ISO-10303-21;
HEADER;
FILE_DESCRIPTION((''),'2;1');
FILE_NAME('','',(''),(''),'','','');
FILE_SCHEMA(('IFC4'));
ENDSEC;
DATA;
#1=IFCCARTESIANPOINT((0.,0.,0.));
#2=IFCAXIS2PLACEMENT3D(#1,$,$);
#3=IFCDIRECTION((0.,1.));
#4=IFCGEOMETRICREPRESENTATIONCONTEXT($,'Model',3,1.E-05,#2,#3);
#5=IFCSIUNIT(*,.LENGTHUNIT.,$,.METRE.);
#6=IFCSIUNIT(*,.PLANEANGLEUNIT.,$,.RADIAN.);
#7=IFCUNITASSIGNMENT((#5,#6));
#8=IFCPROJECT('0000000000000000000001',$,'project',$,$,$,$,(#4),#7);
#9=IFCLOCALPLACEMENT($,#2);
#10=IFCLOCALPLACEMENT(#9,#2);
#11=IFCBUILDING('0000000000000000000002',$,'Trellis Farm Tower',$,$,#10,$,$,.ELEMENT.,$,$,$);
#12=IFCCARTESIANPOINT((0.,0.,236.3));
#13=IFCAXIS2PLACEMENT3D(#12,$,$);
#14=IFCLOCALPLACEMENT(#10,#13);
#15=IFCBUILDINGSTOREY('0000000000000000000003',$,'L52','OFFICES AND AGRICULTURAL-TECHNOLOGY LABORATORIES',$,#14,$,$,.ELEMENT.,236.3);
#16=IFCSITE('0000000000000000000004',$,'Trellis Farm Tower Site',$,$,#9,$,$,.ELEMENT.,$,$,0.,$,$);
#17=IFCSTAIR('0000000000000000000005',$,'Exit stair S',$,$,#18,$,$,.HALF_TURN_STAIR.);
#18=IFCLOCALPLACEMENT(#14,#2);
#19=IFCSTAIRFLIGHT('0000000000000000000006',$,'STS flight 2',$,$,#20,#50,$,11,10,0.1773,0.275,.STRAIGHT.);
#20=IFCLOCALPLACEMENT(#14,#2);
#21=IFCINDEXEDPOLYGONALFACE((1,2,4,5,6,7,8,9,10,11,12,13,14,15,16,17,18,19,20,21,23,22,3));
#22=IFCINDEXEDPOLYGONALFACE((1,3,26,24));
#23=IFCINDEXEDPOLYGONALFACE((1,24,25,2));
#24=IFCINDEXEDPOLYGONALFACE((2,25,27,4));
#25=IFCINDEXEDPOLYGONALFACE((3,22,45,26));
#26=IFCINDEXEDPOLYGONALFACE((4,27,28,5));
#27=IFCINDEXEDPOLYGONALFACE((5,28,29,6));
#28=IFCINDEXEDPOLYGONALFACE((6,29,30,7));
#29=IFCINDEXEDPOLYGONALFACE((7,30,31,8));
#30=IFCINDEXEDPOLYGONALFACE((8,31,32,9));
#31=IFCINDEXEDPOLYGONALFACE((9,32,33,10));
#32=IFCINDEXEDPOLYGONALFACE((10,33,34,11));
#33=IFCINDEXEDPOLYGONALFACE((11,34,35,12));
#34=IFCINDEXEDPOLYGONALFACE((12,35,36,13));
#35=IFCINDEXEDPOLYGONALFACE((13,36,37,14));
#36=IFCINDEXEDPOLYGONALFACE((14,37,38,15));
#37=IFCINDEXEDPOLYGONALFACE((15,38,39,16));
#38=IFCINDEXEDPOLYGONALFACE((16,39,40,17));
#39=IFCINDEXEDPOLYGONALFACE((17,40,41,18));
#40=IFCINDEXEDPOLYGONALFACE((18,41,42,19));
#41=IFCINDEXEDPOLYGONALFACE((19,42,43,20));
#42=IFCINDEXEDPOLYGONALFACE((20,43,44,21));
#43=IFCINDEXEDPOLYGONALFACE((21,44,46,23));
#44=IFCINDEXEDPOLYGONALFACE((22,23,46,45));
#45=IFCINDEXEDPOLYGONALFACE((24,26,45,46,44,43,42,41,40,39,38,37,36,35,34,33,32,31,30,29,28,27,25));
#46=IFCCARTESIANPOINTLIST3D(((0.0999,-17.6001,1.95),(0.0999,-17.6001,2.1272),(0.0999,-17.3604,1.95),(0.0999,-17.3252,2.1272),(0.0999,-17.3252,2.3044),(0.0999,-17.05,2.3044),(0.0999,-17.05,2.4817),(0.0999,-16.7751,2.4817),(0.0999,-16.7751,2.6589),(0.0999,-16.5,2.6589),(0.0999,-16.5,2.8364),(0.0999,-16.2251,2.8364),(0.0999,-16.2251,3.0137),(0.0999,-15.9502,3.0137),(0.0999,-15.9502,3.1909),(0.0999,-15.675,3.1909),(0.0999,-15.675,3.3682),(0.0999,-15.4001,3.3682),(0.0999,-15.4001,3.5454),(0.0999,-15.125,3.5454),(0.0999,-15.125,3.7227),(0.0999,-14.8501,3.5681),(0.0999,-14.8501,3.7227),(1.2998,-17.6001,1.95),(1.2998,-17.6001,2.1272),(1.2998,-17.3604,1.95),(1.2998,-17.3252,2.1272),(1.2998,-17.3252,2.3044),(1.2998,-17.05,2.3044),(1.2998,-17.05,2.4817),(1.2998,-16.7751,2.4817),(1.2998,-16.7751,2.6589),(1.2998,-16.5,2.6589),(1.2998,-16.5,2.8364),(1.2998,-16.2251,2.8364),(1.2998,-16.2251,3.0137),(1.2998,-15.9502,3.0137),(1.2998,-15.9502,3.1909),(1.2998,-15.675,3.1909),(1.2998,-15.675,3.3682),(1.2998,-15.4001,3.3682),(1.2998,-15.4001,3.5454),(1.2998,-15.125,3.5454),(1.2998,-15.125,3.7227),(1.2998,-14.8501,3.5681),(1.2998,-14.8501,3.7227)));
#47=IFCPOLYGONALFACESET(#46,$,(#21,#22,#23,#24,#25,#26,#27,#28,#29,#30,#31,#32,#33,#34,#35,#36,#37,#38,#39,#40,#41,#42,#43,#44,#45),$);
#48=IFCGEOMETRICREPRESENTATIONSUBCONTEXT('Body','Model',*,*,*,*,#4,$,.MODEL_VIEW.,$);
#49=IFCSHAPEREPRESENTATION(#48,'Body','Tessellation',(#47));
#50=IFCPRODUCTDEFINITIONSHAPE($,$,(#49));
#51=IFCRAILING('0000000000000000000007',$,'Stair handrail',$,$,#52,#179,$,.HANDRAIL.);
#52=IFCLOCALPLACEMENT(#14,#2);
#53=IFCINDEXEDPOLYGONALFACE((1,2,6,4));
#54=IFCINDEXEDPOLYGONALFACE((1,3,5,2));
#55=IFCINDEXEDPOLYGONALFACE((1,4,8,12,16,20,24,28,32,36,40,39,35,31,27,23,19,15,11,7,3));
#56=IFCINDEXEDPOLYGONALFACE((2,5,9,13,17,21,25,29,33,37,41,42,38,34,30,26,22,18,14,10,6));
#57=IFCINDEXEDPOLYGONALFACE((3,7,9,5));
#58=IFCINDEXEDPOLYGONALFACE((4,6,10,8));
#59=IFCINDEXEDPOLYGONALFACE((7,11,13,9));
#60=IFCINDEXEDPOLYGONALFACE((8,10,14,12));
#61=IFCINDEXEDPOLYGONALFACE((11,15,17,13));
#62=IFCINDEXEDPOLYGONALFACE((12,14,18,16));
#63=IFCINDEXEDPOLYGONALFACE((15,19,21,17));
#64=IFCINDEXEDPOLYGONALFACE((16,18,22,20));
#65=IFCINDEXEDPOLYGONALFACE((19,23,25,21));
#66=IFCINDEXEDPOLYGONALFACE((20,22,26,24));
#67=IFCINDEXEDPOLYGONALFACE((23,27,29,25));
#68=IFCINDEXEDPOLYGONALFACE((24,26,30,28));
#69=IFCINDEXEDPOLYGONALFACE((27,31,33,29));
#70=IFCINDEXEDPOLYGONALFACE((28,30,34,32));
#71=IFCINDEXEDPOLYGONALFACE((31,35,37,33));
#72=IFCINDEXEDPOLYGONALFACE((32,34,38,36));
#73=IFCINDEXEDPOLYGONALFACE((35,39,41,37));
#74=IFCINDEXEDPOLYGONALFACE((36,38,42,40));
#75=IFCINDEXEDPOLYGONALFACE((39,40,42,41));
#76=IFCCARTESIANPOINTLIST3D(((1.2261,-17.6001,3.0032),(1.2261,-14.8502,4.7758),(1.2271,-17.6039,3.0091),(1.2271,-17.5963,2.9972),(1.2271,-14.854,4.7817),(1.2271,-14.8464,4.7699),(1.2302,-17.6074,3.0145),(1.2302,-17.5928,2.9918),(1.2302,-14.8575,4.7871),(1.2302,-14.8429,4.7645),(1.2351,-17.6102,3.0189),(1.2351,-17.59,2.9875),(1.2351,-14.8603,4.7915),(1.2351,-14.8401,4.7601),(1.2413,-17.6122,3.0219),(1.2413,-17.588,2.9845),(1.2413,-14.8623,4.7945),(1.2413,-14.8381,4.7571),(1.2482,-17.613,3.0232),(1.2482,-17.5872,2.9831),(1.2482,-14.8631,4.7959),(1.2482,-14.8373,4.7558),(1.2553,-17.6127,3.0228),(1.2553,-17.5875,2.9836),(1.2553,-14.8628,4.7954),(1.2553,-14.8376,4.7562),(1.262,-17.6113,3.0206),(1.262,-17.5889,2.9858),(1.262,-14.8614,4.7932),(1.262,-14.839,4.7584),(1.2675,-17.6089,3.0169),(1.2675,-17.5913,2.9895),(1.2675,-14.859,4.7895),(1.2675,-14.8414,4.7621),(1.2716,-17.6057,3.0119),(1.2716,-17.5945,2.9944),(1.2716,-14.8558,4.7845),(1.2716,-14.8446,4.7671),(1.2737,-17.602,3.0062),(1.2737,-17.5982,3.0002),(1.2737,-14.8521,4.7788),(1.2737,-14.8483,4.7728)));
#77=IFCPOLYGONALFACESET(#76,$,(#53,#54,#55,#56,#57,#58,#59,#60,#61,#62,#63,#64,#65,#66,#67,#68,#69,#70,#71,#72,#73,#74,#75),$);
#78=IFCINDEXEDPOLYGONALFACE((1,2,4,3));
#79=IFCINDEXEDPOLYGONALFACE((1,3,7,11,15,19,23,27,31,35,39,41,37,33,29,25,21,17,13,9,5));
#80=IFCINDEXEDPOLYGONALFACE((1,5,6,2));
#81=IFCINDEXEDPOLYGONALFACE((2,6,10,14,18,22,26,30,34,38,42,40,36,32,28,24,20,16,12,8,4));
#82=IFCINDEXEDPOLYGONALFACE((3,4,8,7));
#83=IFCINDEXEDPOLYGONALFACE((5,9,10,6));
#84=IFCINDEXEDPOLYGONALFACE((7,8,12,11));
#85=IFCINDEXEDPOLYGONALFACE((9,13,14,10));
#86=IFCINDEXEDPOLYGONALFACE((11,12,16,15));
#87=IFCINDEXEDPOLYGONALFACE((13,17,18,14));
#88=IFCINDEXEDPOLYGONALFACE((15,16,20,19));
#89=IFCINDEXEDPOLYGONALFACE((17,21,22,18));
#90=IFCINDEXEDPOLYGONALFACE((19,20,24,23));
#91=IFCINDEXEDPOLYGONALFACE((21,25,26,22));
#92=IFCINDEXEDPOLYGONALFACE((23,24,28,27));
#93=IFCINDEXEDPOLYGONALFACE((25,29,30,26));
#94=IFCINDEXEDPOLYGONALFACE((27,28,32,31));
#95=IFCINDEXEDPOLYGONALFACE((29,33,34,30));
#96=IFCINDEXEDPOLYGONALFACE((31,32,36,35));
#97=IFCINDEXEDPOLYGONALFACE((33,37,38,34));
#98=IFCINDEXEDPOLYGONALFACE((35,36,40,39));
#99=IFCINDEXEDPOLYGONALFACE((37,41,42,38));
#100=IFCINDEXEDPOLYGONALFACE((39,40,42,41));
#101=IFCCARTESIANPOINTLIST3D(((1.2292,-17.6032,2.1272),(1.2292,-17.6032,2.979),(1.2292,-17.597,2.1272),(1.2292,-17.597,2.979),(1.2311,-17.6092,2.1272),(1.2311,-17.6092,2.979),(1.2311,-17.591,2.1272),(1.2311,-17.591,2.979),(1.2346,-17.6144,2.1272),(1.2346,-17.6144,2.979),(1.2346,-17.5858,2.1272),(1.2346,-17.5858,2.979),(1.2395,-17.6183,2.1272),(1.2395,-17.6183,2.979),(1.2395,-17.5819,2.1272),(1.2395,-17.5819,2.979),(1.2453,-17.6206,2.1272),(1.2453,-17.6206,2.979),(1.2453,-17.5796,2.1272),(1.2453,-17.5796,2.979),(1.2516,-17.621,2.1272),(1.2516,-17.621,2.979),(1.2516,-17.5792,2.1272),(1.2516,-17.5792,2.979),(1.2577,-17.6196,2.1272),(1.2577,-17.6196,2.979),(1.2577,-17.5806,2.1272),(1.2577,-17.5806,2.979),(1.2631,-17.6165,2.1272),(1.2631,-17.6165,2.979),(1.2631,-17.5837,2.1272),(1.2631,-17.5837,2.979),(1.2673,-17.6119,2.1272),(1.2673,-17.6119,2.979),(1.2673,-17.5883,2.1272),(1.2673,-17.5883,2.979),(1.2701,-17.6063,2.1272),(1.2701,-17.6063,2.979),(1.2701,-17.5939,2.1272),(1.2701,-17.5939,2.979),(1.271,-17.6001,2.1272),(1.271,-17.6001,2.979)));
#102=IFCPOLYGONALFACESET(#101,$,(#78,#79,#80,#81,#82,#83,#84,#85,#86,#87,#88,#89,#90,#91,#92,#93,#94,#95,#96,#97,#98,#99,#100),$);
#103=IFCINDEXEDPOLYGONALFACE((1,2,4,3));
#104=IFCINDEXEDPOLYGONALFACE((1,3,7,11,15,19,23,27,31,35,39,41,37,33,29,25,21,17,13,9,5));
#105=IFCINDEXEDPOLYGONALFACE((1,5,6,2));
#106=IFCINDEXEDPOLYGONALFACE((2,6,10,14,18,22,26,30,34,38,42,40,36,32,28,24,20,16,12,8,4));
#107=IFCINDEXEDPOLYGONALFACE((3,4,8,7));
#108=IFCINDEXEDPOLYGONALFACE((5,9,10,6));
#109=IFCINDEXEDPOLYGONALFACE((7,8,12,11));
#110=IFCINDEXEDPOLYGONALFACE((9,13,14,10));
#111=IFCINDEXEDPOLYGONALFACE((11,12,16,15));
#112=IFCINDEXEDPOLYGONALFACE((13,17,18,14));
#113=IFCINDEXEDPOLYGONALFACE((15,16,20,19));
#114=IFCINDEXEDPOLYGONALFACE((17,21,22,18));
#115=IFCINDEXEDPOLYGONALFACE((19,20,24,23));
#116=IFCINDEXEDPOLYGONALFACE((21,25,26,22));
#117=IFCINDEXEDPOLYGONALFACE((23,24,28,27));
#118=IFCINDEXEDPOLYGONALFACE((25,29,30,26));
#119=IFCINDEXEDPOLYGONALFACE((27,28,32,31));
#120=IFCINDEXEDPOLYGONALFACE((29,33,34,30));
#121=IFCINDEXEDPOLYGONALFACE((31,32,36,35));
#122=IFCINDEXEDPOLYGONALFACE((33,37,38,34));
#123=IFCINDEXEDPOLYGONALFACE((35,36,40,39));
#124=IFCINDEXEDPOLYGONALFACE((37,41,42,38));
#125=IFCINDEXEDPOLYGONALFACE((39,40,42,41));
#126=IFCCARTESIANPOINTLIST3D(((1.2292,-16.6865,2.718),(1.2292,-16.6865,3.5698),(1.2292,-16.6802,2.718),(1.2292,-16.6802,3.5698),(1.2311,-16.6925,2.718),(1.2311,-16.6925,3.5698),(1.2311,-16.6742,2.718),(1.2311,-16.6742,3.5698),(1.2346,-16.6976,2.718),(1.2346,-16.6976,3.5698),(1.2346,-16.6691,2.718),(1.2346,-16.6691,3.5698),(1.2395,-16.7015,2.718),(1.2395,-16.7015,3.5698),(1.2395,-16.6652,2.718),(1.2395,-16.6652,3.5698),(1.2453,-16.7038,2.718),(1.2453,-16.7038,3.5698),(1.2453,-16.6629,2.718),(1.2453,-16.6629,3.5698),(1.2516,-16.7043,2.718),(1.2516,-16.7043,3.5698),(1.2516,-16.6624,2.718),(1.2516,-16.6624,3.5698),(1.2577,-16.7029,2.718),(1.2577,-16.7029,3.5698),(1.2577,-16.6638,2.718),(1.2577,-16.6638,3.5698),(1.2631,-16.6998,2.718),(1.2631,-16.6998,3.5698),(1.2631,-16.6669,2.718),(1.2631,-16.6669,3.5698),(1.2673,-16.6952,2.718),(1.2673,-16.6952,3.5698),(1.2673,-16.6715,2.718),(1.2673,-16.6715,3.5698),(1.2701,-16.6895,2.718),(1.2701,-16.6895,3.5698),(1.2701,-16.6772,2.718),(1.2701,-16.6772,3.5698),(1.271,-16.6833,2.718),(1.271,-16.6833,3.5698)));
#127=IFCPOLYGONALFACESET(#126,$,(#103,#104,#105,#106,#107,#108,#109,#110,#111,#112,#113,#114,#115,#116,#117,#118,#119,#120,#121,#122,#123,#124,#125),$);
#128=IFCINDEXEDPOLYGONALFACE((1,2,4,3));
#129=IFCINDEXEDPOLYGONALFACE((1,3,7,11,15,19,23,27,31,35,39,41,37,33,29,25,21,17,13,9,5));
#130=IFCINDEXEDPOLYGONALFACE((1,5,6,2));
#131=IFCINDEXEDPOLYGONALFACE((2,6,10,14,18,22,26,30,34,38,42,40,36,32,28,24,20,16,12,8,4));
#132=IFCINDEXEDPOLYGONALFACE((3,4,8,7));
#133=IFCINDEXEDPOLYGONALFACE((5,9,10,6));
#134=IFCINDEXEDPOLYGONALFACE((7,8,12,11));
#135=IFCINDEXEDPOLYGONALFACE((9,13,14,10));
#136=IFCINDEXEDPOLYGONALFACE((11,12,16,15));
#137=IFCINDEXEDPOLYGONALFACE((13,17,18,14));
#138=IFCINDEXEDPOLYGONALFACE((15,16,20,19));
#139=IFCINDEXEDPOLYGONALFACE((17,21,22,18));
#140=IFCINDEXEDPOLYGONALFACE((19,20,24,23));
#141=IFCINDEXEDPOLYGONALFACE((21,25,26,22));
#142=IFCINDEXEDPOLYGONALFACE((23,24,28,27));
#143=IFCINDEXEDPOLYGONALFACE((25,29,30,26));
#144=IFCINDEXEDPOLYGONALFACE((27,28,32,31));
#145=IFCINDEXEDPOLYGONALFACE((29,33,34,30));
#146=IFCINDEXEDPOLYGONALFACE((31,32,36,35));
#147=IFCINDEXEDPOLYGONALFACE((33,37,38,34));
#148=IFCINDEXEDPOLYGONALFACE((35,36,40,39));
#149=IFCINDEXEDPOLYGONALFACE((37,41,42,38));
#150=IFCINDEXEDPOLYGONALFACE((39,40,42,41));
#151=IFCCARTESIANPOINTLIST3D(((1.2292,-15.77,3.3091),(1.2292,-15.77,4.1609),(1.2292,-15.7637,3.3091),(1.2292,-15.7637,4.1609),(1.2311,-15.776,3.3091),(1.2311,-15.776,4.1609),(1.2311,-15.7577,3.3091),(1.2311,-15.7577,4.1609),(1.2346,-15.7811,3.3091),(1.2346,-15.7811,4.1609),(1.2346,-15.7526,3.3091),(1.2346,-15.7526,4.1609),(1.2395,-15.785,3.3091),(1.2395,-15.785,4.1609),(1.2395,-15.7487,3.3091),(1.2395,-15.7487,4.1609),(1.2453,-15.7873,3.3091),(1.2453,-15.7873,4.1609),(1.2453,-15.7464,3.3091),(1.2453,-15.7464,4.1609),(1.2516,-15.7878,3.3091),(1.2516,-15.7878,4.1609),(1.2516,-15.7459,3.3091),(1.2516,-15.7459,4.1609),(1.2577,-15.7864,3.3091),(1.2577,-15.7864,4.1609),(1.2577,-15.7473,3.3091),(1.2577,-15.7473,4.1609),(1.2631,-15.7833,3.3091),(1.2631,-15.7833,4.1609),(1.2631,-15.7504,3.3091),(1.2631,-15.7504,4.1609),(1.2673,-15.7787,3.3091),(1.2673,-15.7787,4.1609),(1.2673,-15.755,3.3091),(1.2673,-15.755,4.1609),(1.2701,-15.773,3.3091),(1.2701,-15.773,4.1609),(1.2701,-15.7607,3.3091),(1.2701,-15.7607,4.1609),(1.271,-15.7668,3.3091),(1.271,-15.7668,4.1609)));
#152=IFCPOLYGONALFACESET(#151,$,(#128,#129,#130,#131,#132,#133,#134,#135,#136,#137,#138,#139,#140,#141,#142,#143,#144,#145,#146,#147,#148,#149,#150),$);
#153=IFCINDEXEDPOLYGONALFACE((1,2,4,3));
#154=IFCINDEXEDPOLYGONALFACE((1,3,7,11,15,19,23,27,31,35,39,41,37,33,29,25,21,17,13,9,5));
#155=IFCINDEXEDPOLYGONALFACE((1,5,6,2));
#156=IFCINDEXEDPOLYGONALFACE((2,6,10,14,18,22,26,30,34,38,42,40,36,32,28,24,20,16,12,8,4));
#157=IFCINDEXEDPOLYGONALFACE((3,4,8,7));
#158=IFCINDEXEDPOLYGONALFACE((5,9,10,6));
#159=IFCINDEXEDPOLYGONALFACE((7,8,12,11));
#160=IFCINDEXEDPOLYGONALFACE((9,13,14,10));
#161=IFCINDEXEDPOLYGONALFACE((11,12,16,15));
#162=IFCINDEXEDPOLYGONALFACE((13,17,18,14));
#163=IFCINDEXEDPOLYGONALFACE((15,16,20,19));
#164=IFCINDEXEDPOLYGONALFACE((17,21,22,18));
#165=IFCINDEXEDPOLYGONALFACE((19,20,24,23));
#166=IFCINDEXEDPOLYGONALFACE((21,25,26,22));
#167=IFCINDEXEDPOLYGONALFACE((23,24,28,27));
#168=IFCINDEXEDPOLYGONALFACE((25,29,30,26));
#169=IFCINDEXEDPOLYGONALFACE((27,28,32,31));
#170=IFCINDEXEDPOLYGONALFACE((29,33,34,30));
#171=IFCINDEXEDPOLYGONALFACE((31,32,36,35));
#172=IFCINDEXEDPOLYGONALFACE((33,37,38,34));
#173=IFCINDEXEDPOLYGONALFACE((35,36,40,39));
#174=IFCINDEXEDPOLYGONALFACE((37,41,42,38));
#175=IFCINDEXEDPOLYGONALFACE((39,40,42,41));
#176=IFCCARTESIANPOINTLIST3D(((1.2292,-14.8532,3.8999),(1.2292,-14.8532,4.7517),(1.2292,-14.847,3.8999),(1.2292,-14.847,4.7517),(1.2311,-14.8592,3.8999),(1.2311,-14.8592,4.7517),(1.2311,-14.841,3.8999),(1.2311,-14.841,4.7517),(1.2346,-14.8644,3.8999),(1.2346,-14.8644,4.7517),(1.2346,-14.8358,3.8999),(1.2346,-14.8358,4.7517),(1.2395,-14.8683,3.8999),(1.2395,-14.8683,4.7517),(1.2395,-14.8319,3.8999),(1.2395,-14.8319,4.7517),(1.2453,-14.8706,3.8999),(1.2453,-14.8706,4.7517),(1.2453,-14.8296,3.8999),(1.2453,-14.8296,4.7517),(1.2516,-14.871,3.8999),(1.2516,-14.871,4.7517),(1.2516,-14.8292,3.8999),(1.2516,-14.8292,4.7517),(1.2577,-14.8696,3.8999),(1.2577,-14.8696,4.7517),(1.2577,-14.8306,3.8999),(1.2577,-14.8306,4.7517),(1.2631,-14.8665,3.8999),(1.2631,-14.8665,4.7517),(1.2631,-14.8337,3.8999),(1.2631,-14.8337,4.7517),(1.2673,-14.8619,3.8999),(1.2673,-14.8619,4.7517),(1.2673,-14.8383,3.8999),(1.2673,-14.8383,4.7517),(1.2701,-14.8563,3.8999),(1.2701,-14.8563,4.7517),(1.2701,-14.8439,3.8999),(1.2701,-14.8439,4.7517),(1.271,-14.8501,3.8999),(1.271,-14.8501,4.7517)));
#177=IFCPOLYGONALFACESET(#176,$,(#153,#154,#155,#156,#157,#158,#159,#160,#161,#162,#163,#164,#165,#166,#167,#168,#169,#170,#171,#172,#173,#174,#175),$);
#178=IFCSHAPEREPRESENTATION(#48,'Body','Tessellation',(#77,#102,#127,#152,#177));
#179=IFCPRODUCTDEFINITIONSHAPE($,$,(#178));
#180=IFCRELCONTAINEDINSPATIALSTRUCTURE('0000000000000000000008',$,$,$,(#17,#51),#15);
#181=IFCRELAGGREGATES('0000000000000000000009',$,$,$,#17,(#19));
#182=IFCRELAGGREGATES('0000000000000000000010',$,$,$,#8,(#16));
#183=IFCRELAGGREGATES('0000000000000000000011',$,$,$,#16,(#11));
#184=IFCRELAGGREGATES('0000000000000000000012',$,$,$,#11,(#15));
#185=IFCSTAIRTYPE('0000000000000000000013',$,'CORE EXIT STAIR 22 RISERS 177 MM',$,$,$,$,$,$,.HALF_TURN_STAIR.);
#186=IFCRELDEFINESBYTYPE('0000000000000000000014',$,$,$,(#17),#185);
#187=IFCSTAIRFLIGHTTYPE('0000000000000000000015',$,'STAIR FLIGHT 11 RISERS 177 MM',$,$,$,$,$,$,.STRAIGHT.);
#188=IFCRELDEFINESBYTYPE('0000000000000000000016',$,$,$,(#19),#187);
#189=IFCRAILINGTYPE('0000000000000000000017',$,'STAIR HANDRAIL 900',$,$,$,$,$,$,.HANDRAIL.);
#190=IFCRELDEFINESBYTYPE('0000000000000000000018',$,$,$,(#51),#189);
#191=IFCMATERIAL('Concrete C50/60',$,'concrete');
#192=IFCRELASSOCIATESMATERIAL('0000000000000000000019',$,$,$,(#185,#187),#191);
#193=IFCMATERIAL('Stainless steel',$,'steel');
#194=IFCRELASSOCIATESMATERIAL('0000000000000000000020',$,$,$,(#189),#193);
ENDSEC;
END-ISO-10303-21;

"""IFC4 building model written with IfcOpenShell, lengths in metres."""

from ifc_helpers import new_model, si_unit, direction, frame, origin, origin_2d, place, context, subcontext, project, spatial, polyline, circle, outline, extrude, source, transform, mapped, material, type_object, element, aggregate, save


model = new_model("IFC4")

# Units and contexts
model_context = context("Model", 3, precision=1e-05, world=origin(), true_north=direction((0.0, 1.0)))
body_context = subcontext(model_context, "Body", "Model", "MODEL_VIEW")
ifc_project = project(units=[si_unit("LENGTHUNIT", "METRE"), si_unit("PLANEANGLEUNIT", "RADIAN")], contexts=[model_context])

# Site, building, storey
site_placement = place(None, origin())
site = spatial("IfcSite", under=ifc_project, at=site_placement, Name="Trellis Farm Tower Site", CompositionType="ELEMENT", RefElevation=0.0)
building_placement = place(site_placement, origin())
building = spatial("IfcBuilding", under=site, at=building_placement, Name="Trellis Farm Tower", CompositionType="ELEMENT")
storey_placement = place(building_placement, frame((0.0, 0.0, 236.3)))
storey = spatial("IfcBuildingStorey", under=building, at=storey_placement, Name="L52", Description="OFFICES AND AGRICULTURAL-TECHNOLOGY LABORATORIES", CompositionType="ELEMENT", Elevation=236.3)

# Shared definitions
placement = place(storey_placement, origin())

# Stair, stair flight
ifc_material_1 = material(Name="Concrete C50/60", Category="concrete")
stair_type = type_object("IfcStairType", Name="CORE EXIT STAIR 22 RISERS 177 MM", PredefinedType="HALF_TURN_STAIR", material=ifc_material_1)
stair = element("IfcStair", 1, at=placement, inside=storey, type_object=stair_type, Name="Exit stair S", PredefinedType="HALF_TURN_STAIR")
stair_flight_type = type_object("IfcStairFlightType", Name="STAIR FLIGHT 11 RISERS 177 MM", PredefinedType="STRAIGHT", material=ifc_material_1)
shared_shape_1 = source(origin(), body_context, "Body", "SweptSolid", [
    extrude(outline(polyline([(0.0, 0.0), (0.0, 0.1772), (0.2749, 0.1772), (0.2749, 0.3545), (0.55, 0.3545), (0.55, 0.5317), (0.825, 0.5317), (0.825, 0.709), (1.1001, 0.709), (1.1001, 0.8865), (1.375, 0.8865), (1.375, 1.0637), (1.6499, 1.0637), (1.6499, 1.241), (1.925, 1.241), (1.925, 1.4182), (2.2, 1.4182), (2.2, 1.5955), (2.4751, 1.5955), (2.4751, 1.7727), (2.75, 1.7727), (2.75, 1.95), (2.75, 1.6182), (0.2397, 0.0), (0.0, 0.0)])), frame((0.0, 0.6001, 0.0), z_axis=(0.0, -1.0, 0.0), x_axis=(1.0, 0.0, 0.0)), (0.0, 0.0, 1.0), 1.2),
])
stair_flight_placement = place(storey_placement, frame((0.7, -17.6001, 1.95), z_axis=(0.0, 0.0, 1.0), x_axis=(0.0, 1.0, 0.0)))
stair_flight = element("IfcStairFlight", 2, at=stair_flight_placement, type_object=stair_flight_type, Name="STS flight 2", NumberOfRisers=11, NumberOfTreads=10, PredefinedType="STRAIGHT", RiserHeight=0.1773, TreadLength=0.275, context=body_context, shape_type="MappedRepresentation", body=[
    mapped(shared_shape_1, transform((0.0, 0.0, 0.0))),
])
aggregate(stair, [stair_flight])

# Railing
ifc_material_2 = material(Name="Stainless steel", Category="steel")
railing_type = type_object("IfcRailingType", Name="STAIR HANDRAIL 900", PredefinedType="HANDRAIL", material=ifc_material_2)
shared_shape_2 = source(origin(), body_context, "Body", "SweptSolid", [
    extrude(circle(Radius=0.0239, at=origin_2d()), frame((0.0, 0.0, 0.876), z_axis=(0.0, 0.840504, 0.541806), x_axis=(-1.0, 0.0, 0.0)), (0.0, 0.0, 1.0), 3.2717),
    extrude(circle(Radius=0.021, at=origin_2d()), origin(), (0.0, 0.0, 1.0), 0.8518),
    extrude(circle(Radius=0.021, at=origin_2d()), frame((0.0, 0.9167, 0.5908)), (0.0, 0.0, 1.0), 0.8518),
    extrude(circle(Radius=0.021, at=origin_2d()), frame((0.0, 1.8333, 1.1819)), (0.0, 0.0, 1.0), 0.8518),
    extrude(circle(Radius=0.021, at=origin_2d()), frame((0.0, 2.75, 1.7727)), (0.0, 0.0, 1.0), 0.8518),
])
railing_placement = place(storey_placement, frame((1.25, -17.6001, 2.1272)))
element("IfcRailing", 3, at=railing_placement, inside=storey, type_object=railing_type, Name="Stair handrail", PredefinedType="HANDRAIL", context=body_context, shape_type="MappedRepresentation", body=[
    mapped(shared_shape_2, transform((0.0, 0.0, 0.0))),
])

save(model, "model.ifc")
